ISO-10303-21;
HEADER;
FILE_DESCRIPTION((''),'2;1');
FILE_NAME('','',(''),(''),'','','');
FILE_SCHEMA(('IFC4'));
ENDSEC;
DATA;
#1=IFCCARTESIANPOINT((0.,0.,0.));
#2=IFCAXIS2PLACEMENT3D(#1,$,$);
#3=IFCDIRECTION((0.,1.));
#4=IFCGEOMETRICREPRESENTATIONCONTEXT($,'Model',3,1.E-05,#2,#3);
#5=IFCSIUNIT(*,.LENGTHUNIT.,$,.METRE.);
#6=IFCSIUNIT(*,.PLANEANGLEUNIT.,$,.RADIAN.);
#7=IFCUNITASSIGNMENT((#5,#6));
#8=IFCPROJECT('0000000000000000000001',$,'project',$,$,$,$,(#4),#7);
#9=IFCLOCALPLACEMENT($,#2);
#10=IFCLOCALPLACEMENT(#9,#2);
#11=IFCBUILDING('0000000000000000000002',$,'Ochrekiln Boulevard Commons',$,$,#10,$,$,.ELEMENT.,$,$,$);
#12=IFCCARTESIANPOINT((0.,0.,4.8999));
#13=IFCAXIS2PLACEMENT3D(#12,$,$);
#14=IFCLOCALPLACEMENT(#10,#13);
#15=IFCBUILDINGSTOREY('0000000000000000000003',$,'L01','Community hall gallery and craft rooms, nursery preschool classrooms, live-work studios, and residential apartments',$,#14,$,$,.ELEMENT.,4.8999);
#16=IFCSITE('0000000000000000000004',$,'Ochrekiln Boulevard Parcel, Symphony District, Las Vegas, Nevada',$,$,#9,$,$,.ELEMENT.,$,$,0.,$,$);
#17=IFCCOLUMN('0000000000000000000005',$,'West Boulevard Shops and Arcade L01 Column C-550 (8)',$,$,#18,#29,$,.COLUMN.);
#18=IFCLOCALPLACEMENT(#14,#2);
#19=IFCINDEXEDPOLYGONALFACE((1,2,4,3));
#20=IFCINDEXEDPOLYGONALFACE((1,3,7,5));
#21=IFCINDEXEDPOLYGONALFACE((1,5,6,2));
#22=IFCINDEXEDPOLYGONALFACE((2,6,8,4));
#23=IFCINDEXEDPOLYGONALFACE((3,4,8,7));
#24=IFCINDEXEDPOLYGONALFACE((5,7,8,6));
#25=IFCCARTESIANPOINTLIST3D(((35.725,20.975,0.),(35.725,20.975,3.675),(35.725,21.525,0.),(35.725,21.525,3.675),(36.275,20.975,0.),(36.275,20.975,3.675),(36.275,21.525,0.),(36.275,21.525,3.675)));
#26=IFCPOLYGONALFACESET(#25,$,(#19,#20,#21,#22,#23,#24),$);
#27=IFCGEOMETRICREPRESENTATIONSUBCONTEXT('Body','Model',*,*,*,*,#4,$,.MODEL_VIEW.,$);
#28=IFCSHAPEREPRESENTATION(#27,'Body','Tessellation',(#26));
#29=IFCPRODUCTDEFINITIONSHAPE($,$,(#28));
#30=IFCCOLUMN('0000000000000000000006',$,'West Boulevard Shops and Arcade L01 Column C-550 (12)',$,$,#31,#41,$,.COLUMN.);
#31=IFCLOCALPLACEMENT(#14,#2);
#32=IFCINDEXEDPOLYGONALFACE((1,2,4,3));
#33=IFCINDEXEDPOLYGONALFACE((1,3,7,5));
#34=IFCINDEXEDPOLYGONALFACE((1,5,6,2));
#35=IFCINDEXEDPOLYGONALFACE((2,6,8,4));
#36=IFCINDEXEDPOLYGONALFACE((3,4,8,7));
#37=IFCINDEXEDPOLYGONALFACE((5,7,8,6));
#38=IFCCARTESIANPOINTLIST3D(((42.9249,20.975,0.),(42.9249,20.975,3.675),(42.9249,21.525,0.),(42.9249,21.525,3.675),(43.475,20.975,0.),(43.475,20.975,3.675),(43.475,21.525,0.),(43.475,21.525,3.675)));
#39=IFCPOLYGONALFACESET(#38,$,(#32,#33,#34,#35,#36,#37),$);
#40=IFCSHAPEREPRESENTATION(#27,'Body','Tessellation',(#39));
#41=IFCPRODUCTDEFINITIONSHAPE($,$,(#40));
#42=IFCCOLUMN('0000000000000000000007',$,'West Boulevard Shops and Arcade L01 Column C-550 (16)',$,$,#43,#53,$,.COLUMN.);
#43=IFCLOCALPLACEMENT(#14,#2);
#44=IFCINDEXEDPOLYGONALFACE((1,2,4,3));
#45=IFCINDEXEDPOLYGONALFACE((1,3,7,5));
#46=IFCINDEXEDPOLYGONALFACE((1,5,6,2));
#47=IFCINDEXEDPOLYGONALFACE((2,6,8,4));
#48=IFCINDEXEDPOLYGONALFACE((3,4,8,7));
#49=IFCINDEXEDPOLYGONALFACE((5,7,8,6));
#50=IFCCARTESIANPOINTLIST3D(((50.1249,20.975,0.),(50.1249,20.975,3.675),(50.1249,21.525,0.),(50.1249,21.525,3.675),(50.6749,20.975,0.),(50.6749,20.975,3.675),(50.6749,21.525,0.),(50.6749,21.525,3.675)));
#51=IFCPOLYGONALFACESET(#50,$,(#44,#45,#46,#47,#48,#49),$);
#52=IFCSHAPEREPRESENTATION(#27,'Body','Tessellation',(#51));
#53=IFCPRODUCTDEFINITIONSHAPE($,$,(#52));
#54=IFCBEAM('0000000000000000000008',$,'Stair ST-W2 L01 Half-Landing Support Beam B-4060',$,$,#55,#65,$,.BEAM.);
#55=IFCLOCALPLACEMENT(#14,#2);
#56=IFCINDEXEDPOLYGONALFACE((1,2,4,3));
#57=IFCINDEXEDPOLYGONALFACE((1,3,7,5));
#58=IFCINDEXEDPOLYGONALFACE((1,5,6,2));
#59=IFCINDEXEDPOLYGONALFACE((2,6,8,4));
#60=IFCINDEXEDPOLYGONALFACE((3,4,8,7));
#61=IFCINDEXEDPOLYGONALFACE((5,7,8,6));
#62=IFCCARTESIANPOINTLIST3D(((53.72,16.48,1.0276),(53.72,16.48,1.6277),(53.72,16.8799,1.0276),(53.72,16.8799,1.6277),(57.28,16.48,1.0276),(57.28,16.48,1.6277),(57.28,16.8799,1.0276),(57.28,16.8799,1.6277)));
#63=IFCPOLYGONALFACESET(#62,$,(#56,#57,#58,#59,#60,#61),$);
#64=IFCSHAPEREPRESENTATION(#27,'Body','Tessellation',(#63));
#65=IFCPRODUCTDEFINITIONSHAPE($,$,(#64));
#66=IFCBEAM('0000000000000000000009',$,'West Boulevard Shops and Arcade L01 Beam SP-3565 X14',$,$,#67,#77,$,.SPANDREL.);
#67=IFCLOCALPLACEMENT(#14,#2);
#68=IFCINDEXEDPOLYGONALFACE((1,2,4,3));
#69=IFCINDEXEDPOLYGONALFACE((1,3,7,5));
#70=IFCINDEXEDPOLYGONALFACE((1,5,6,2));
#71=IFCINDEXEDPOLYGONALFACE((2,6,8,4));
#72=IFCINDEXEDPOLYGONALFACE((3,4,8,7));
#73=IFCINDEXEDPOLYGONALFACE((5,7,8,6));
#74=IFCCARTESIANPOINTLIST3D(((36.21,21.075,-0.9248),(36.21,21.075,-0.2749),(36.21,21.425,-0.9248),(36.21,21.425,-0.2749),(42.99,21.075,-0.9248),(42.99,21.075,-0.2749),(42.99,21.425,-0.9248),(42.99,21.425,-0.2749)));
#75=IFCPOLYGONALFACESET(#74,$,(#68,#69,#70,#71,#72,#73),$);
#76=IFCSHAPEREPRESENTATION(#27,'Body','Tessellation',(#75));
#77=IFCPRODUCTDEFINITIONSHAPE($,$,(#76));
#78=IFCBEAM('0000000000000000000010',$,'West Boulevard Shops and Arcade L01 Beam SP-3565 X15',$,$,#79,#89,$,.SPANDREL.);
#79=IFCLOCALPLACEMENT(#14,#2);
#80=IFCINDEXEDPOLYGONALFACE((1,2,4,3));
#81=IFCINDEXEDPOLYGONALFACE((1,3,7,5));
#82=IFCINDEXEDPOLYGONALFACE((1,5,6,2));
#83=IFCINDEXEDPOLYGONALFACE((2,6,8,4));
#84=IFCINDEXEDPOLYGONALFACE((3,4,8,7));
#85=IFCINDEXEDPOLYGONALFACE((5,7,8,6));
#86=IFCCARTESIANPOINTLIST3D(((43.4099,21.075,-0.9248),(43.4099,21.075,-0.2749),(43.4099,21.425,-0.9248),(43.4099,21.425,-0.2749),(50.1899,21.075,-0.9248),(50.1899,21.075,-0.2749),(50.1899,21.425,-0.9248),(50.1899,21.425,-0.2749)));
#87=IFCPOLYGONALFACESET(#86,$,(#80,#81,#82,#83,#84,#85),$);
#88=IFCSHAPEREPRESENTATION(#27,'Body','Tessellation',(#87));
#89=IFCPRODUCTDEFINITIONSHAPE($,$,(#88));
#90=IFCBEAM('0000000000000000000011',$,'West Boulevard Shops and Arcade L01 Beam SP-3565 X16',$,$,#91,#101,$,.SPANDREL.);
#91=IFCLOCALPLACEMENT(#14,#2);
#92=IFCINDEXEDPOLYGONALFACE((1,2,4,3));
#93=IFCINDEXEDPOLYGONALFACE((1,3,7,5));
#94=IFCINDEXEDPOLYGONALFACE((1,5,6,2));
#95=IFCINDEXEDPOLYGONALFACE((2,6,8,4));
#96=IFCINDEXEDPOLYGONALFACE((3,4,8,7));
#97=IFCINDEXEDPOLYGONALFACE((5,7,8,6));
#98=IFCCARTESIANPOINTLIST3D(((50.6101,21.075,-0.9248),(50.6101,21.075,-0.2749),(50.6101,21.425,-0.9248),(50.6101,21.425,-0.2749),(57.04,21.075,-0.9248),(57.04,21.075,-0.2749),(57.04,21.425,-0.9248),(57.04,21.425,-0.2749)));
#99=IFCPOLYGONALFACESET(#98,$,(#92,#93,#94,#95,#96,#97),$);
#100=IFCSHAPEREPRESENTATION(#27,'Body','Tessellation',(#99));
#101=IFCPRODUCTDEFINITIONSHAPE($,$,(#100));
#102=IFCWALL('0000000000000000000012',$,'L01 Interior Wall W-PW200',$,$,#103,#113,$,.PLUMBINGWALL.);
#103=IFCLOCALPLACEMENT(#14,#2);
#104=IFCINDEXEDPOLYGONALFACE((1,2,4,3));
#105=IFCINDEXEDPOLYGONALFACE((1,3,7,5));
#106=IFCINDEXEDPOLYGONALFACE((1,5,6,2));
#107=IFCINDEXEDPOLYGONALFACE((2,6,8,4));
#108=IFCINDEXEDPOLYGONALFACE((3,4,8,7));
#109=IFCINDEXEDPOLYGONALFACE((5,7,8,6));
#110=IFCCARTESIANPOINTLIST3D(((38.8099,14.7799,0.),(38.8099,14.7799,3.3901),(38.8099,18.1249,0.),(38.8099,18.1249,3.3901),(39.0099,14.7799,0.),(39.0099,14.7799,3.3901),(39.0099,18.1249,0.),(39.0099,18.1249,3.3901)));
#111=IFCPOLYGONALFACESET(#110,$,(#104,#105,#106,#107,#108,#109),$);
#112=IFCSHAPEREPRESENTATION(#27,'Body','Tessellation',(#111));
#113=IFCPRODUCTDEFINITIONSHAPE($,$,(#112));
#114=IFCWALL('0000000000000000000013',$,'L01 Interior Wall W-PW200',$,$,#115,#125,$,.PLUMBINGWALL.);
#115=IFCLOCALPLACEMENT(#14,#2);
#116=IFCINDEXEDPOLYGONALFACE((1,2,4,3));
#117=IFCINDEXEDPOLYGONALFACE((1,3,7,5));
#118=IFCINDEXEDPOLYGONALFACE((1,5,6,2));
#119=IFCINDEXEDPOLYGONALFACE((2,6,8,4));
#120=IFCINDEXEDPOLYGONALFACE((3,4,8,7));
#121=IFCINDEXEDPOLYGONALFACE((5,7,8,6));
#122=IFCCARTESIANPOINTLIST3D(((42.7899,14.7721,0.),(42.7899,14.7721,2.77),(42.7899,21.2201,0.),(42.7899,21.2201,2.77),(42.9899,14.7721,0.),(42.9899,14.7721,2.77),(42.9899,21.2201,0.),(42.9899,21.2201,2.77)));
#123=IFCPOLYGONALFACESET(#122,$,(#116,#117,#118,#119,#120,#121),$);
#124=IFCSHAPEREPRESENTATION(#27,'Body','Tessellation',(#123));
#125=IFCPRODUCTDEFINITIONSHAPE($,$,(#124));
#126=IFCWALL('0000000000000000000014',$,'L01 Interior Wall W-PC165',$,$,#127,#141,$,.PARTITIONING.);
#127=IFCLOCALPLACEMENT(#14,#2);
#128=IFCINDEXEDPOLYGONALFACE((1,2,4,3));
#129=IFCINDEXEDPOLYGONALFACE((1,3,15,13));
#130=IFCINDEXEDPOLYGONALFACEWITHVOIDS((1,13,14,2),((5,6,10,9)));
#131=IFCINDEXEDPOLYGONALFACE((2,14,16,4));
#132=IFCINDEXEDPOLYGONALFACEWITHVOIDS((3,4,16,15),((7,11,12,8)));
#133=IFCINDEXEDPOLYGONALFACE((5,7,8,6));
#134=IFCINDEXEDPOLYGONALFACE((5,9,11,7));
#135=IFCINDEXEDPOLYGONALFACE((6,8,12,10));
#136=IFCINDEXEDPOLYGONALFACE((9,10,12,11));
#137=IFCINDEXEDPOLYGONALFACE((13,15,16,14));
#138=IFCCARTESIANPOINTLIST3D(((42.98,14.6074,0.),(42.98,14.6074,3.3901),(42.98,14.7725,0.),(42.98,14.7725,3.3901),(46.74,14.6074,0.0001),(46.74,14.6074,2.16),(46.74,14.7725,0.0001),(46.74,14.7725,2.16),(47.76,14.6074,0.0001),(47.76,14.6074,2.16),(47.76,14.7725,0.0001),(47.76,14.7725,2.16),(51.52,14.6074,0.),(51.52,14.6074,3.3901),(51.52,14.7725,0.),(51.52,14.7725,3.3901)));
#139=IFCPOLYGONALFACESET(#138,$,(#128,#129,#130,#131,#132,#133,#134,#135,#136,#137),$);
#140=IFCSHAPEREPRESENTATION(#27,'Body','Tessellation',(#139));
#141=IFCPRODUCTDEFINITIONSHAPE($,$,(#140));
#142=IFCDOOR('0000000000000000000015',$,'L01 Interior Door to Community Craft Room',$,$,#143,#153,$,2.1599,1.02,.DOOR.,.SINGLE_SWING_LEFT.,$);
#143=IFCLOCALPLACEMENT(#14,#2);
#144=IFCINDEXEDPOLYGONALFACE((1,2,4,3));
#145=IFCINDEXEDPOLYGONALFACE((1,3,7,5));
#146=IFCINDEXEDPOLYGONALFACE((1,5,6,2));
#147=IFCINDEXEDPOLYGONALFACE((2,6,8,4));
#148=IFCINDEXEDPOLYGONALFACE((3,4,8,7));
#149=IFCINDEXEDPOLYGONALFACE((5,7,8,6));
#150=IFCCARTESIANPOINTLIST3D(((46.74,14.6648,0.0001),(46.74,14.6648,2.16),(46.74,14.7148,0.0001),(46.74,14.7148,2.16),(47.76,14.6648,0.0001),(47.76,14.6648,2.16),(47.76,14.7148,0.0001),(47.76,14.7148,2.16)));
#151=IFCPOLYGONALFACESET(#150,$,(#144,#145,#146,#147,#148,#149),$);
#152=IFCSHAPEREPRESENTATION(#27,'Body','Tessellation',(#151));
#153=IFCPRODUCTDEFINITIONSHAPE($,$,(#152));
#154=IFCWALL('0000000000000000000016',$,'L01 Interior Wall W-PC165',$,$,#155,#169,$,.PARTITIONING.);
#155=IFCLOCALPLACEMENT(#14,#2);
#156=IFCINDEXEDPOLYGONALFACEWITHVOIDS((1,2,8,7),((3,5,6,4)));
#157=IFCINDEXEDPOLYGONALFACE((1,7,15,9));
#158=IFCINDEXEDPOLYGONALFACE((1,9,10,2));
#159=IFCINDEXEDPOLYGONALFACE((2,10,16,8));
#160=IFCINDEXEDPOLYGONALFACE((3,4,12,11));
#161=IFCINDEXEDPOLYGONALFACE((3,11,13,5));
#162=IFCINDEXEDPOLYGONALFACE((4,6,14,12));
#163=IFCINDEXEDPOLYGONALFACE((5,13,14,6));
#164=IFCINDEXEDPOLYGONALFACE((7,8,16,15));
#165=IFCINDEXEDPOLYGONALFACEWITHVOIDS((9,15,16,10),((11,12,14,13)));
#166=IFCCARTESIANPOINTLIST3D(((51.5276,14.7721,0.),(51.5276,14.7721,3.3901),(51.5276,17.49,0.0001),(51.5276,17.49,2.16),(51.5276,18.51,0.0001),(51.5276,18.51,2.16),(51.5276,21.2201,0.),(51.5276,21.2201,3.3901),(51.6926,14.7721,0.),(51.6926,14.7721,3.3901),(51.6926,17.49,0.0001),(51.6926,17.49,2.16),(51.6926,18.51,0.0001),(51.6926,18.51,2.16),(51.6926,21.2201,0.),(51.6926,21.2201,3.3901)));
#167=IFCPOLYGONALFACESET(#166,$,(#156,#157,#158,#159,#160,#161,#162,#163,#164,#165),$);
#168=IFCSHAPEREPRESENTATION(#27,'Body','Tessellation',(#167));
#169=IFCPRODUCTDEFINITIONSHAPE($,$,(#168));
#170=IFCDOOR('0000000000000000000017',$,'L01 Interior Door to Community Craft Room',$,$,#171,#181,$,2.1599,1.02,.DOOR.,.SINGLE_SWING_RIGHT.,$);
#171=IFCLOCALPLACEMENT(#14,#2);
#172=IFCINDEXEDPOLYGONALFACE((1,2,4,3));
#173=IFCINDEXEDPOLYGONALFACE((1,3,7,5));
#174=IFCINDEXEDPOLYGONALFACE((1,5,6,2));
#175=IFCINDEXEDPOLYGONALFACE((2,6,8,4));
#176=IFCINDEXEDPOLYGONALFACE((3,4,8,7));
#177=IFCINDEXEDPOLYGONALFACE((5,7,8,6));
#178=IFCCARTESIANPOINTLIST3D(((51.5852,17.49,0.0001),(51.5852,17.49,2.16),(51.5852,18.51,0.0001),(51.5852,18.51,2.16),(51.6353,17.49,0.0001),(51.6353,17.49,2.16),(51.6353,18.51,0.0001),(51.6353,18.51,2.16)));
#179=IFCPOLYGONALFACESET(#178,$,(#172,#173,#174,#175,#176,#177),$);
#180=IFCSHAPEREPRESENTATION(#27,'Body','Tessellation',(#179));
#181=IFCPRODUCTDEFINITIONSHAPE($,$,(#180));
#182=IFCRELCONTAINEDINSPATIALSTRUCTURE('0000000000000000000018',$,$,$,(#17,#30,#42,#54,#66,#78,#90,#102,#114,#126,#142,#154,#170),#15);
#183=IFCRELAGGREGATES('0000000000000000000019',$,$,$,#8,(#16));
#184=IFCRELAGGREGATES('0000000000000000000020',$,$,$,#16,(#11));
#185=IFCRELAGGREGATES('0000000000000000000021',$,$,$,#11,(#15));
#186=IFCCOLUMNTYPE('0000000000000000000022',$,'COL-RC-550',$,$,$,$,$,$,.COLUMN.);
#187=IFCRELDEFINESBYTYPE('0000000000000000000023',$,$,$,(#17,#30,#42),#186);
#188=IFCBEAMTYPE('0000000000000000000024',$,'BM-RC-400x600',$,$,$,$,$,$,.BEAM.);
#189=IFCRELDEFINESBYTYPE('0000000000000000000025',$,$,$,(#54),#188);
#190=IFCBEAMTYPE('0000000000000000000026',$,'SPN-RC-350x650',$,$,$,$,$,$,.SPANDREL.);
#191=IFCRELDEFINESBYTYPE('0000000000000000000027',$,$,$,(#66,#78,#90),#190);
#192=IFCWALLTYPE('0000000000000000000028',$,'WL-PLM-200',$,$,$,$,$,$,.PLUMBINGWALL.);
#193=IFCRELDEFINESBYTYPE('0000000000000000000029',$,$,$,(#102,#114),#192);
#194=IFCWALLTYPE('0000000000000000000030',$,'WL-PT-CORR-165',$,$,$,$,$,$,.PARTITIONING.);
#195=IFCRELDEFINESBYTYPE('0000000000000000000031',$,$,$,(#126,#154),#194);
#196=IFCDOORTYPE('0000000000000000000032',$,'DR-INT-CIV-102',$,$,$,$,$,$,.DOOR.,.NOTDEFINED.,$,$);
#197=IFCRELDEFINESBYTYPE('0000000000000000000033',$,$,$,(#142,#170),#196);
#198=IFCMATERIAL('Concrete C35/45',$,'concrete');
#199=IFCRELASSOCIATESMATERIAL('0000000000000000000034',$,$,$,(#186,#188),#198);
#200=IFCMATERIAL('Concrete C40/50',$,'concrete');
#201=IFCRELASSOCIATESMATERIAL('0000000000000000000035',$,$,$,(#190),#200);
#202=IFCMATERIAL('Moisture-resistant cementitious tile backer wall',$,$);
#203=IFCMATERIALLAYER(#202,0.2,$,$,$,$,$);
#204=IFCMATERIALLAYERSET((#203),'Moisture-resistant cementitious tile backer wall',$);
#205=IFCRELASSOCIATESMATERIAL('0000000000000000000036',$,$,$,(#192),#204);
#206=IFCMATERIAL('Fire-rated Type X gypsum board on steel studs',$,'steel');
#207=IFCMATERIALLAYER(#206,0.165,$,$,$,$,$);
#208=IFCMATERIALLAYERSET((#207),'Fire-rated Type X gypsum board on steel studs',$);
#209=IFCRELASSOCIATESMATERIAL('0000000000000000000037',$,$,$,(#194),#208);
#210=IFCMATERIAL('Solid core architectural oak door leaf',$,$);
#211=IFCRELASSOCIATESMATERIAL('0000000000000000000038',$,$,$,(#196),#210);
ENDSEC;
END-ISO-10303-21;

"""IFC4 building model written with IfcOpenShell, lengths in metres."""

from ifc_helpers import new_model, si_unit, direction, frame, frame_2d, origin, origin_2d, place, context, subcontext, project, spatial, rectangle, extrude, material, layer, layer_set, material_profile, profile_set, type_object, element, fill, save


model = new_model("IFC4")

# Units and contexts
model_context = context("Model", 3, precision=1e-05, world=origin(), true_north=direction((0.0, 1.0)))
body_context = subcontext(model_context, "Body", "Model", "MODEL_VIEW")
ifc_project = project(units=[si_unit("LENGTHUNIT", "METRE"), si_unit("PLANEANGLEUNIT", "RADIAN")], contexts=[model_context])

# Site, building, storey
site_placement = place(None, origin())
site = spatial("IfcSite", under=ifc_project, at=site_placement, Name="Ochrekiln Boulevard Parcel, Symphony District, Las Vegas, Nevada", CompositionType="ELEMENT", RefElevation=0.0)
building_placement = place(site_placement, origin())
building = spatial("IfcBuilding", under=site, at=building_placement, Name="Ochrekiln Boulevard Commons", CompositionType="ELEMENT")
storey_placement = place(building_placement, frame((0.0, 0.0, 4.8999)))
storey = spatial("IfcBuildingStorey", under=building, at=storey_placement, Name="L01", Description="Community hall gallery and craft rooms, nursery preschool classrooms, live-work studios, and residential apartments", CompositionType="ELEMENT", Elevation=4.8999)

# Columns
ifc_material_1 = material(Name="Concrete C35/45", Category="concrete")
ifc_material_profile_1 = material_profile(ifc_material_1, rectangle(XDim=0.55, YDim=0.55, at=origin_2d()), Name="RC-COL-550x550")
ifc_profile_set_1 = profile_set([ifc_material_profile_1], Name="Concrete C35/45")
column_type = type_object("IfcColumnType", Name="COL-RC-550", PredefinedType="COLUMN", material=ifc_profile_set_1)
for number, where, z_axis, x_axis, name in (
    (1, (36.0, 21.25, 0.0), (0.0, 0.0, 1.0), (1.0, 0.0, 0.0), "West Boulevard Shops and Arcade L01 Column C-550 (8)"),
    (2, (43.2, 21.25, 0.0), (0.0, 0.0, 1.0), (1.0, 0.0, 0.0), "West Boulevard Shops and Arcade L01 Column C-550 (12)"),
    (3, (50.3999, 21.25, 0.0), (0.0, 0.0, 1.0), (1.0, 0.0, 0.0), "West Boulevard Shops and Arcade L01 Column C-550 (16)"),
):
    element("IfcColumn", number, at=place(storey_placement, frame(where, z_axis=z_axis, x_axis=x_axis)), inside=storey, type_object=column_type, Name=name, PredefinedType="COLUMN", context=body_context, shape_type="SweptSolid", body=[
        extrude(rectangle(XDim=0.55, YDim=0.55, at=origin_2d()), origin(), (0.0, 0.0, 1.0), 3.675),
    ])

# Beams
ifc_material_profile_2 = material_profile(ifc_material_1, rectangle(XDim=0.3999, YDim=0.6001, at=origin_2d()), Name="RC-BM-400x600")
ifc_profile_set_2 = profile_set([ifc_material_profile_2], Name="Concrete C35/45")
beam_type_1 = type_object("IfcBeamType", Name="BM-RC-400x600", PredefinedType="BEAM", material=ifc_profile_set_2)
beam_1_placement = place(storey_placement, frame((53.72, 16.6799, 1.3276), z_axis=(1.0, 0.0, 0.0), x_axis=(0.0, 1.0, 0.0)))
element("IfcBeam", 4, at=beam_1_placement, inside=storey, type_object=beam_type_1, Name="Stair ST-W2 L01 Half-Landing Support Beam B-4060", PredefinedType="BEAM", context=body_context, shape_type="SweptSolid", body=[
    extrude(rectangle(XDim=0.3999, YDim=0.6001, at=origin_2d()), origin(), (0.0, 0.0, 1.0), 3.5601),
])
ifc_material_2 = material(Name="Concrete C40/50", Category="concrete")
ifc_material_profile_3 = material_profile(ifc_material_2, rectangle(XDim=0.3501, YDim=0.6499, at=origin_2d()), Name="RC-SPN-350x650")
ifc_profile_set_3 = profile_set([ifc_material_profile_3], Name="Concrete C40/50")
beam_type_2 = type_object("IfcBeamType", Name="SPN-RC-350x650", PredefinedType="SPANDREL", material=ifc_profile_set_3)
for number, where, z_axis, x_axis, name in (
    (5, (36.21, 21.25, -0.5999), (1.0, 0.0, 0.0), (0.0, 1.0, 0.0), "West Boulevard Shops and Arcade L01 Beam SP-3565 X14"),
    (6, (43.4099, 21.25, -0.5999), (1.0, 0.0, 0.0), (0.0, 1.0, 0.0), "West Boulevard Shops and Arcade L01 Beam SP-3565 X15"),
):
    element("IfcBeam", number, at=place(storey_placement, frame(where, z_axis=z_axis, x_axis=x_axis)), inside=storey, type_object=beam_type_2, Name=name, PredefinedType="SPANDREL", context=body_context, shape_type="SweptSolid", body=[
        extrude(rectangle(XDim=0.3501, YDim=0.6499, at=origin_2d()), origin(), (0.0, 0.0, 1.0), 6.78),
    ])
beam_2_placement = place(storey_placement, frame((50.6101, 21.25, -0.5999), z_axis=(1.0, 0.0, 0.0), x_axis=(0.0, 1.0, 0.0)))
element("IfcBeam", 7, at=beam_2_placement, inside=storey, type_object=beam_type_2, Name="West Boulevard Shops and Arcade L01 Beam SP-3565 X16", PredefinedType="SPANDREL", context=body_context, shape_type="SweptSolid", body=[
    extrude(rectangle(XDim=0.3501, YDim=0.6499, at=origin_2d()), origin(), (0.0, 0.0, 1.0), 6.4299),
])

# Walls
ifc_material_3 = material(Name="Moisture-resistant cementitious tile backer wall")
ifc_layer_1 = layer(ifc_material_3, 0.2)
ifc_layer_set_1 = layer_set([ifc_layer_1], Name="Moisture-resistant cementitious tile backer wall")
wall_type_1 = type_object("IfcWallType", Name="WL-PLM-200", PredefinedType="PLUMBINGWALL", material=ifc_layer_set_1)
wall_1_placement = place(storey_placement, frame((38.9099, 14.78, 0.0), z_axis=(0.0, 0.0, 1.0), x_axis=(0.0, 1.0, 0.0)))
element("IfcWall", 8, at=wall_1_placement, inside=storey, type_object=wall_type_1, Name="L01 Interior Wall W-PW200", PredefinedType="PLUMBINGWALL", context=body_context, shape_type="SweptSolid", body=[
    extrude(rectangle(XDim=3.345, YDim=0.2, at=frame_2d((1.6724, 0.0))), origin(), (0.0, 0.0, 1.0), 3.3901),
])
wall_2_placement = place(storey_placement, frame((42.8899, 14.772, 0.0), z_axis=(0.0, 0.0, 1.0), x_axis=(0.0, 1.0, 0.0)))
element("IfcWall", 9, at=wall_2_placement, inside=storey, type_object=wall_type_1, Name="L01 Interior Wall W-PW200", PredefinedType="PLUMBINGWALL", context=body_context, shape_type="SweptSolid", body=[
    extrude(rectangle(XDim=6.448, YDim=0.2, at=frame_2d((3.2241, 0.0))), origin(), (0.0, 0.0, 1.0), 2.77),
])

# Walls, openings, doors
ifc_material_4 = material(Name="Fire-rated Type X gypsum board on steel studs", Category="steel")
ifc_layer_2 = layer(ifc_material_4, 0.165)
ifc_layer_set_2 = layer_set([ifc_layer_2], Name="Fire-rated Type X gypsum board on steel studs")
wall_type_2 = type_object("IfcWallType", Name="WL-PT-CORR-165", PredefinedType="PARTITIONING", material=ifc_layer_set_2)
wall_3_placement = place(storey_placement, frame((42.98, 14.6899, 0.0), z_axis=(0.0, 0.0, 1.0), x_axis=(1.0, 0.0, 0.0)))
wall_3 = element("IfcWall", 10, at=wall_3_placement, inside=storey, type_object=wall_type_2, Name="L01 Interior Wall W-PC165", PredefinedType="PARTITIONING", context=body_context, shape_type="SweptSolid", body=[
    extrude(rectangle(XDim=8.54, YDim=0.165, at=frame_2d((4.27, 0.0))), origin(), (0.0, 0.0, 1.0), 3.3901),
])
opening_1_placement = place(wall_3_placement, frame((3.76, 0.0, 0.0)))
opening_1 = element("IfcOpeningElement", 11, at=opening_1_placement, cuts=wall_3, PredefinedType="OPENING", context=body_context, shape_type="SweptSolid", body=[
    extrude(rectangle(XDim=1.02, YDim=2.1599, at=frame_2d((0.51, 1.0801))), frame((0.0, 0.0925, 0.0), z_axis=(0.0, -1.0, 0.0), x_axis=(1.0, 0.0, 0.0)), (0.0, 0.0, 1.0), 0.1851),
])
ifc_material_5 = material(Name="Solid core architectural oak door leaf")
door_type_1 = type_object("IfcDoorType", Name="DR-INT-CIV-102", OperationType="NOTDEFINED", PredefinedType="DOOR", material=ifc_material_5)
door_1_placement = place(opening_1_placement, origin())
door_1 = element("IfcDoor", 12, at=door_1_placement, inside=storey, type_object=door_type_1, Name="L01 Interior Door to Community Craft Room", OperationType="SINGLE_SWING_LEFT", OverallHeight=2.1599, OverallWidth=1.02, PredefinedType="DOOR", context=body_context, shape_type="SweptSolid", body=[
    extrude(rectangle(XDim=1.02, YDim=2.1599, at=frame_2d((0.51, 1.0801))), frame((0.0, 0.0249, 0.0), z_axis=(0.0, -1.0, 0.0), x_axis=(1.0, 0.0, 0.0)), (0.0, 0.0, 1.0), 0.05),
])
fill(opening_1, door_1)
wall_4_placement = place(storey_placement, frame((51.6101, 14.772, 0.0), z_axis=(0.0, 0.0, 1.0), x_axis=(0.0, 1.0, 0.0)))
wall_4 = element("IfcWall", 13, at=wall_4_placement, inside=storey, type_object=wall_type_2, Name="L01 Interior Wall W-PC165", PredefinedType="PARTITIONING", context=body_context, shape_type="SweptSolid", body=[
    extrude(rectangle(XDim=6.448, YDim=0.165, at=frame_2d((3.2241, 0.0))), origin(), (0.0, 0.0, 1.0), 3.3901),
])
opening_2_placement = place(wall_4_placement, frame((2.718, 0.0, 0.0)))
opening_2 = element("IfcOpeningElement", 14, at=opening_2_placement, cuts=wall_4, PredefinedType="OPENING", context=body_context, shape_type="SweptSolid", body=[
    extrude(rectangle(XDim=1.02, YDim=2.1599, at=frame_2d((0.51, 1.0801))), frame((0.0, 0.0925, 0.0), z_axis=(0.0, -1.0, 0.0), x_axis=(1.0, 0.0, 0.0)), (0.0, 0.0, 1.0), 0.1851),
])
door_2_placement = place(opening_2_placement, origin())
door_2 = element("IfcDoor", 15, at=door_2_placement, inside=storey, type_object=door_type_1, Name="L01 Interior Door to Community Craft Room", OperationType="SINGLE_SWING_RIGHT", OverallHeight=2.1599, OverallWidth=1.02, PredefinedType="DOOR", context=body_context, shape_type="SweptSolid", body=[
    extrude(rectangle(XDim=1.02, YDim=2.1599, at=frame_2d((0.51, 1.0801))), frame((0.0, 0.0249, 0.0), z_axis=(0.0, -1.0, 0.0), x_axis=(1.0, 0.0, 0.0)), (0.0, 0.0, 1.0), 0.05),
])
fill(opening_2, door_2)

save(model, "model.ifc")
